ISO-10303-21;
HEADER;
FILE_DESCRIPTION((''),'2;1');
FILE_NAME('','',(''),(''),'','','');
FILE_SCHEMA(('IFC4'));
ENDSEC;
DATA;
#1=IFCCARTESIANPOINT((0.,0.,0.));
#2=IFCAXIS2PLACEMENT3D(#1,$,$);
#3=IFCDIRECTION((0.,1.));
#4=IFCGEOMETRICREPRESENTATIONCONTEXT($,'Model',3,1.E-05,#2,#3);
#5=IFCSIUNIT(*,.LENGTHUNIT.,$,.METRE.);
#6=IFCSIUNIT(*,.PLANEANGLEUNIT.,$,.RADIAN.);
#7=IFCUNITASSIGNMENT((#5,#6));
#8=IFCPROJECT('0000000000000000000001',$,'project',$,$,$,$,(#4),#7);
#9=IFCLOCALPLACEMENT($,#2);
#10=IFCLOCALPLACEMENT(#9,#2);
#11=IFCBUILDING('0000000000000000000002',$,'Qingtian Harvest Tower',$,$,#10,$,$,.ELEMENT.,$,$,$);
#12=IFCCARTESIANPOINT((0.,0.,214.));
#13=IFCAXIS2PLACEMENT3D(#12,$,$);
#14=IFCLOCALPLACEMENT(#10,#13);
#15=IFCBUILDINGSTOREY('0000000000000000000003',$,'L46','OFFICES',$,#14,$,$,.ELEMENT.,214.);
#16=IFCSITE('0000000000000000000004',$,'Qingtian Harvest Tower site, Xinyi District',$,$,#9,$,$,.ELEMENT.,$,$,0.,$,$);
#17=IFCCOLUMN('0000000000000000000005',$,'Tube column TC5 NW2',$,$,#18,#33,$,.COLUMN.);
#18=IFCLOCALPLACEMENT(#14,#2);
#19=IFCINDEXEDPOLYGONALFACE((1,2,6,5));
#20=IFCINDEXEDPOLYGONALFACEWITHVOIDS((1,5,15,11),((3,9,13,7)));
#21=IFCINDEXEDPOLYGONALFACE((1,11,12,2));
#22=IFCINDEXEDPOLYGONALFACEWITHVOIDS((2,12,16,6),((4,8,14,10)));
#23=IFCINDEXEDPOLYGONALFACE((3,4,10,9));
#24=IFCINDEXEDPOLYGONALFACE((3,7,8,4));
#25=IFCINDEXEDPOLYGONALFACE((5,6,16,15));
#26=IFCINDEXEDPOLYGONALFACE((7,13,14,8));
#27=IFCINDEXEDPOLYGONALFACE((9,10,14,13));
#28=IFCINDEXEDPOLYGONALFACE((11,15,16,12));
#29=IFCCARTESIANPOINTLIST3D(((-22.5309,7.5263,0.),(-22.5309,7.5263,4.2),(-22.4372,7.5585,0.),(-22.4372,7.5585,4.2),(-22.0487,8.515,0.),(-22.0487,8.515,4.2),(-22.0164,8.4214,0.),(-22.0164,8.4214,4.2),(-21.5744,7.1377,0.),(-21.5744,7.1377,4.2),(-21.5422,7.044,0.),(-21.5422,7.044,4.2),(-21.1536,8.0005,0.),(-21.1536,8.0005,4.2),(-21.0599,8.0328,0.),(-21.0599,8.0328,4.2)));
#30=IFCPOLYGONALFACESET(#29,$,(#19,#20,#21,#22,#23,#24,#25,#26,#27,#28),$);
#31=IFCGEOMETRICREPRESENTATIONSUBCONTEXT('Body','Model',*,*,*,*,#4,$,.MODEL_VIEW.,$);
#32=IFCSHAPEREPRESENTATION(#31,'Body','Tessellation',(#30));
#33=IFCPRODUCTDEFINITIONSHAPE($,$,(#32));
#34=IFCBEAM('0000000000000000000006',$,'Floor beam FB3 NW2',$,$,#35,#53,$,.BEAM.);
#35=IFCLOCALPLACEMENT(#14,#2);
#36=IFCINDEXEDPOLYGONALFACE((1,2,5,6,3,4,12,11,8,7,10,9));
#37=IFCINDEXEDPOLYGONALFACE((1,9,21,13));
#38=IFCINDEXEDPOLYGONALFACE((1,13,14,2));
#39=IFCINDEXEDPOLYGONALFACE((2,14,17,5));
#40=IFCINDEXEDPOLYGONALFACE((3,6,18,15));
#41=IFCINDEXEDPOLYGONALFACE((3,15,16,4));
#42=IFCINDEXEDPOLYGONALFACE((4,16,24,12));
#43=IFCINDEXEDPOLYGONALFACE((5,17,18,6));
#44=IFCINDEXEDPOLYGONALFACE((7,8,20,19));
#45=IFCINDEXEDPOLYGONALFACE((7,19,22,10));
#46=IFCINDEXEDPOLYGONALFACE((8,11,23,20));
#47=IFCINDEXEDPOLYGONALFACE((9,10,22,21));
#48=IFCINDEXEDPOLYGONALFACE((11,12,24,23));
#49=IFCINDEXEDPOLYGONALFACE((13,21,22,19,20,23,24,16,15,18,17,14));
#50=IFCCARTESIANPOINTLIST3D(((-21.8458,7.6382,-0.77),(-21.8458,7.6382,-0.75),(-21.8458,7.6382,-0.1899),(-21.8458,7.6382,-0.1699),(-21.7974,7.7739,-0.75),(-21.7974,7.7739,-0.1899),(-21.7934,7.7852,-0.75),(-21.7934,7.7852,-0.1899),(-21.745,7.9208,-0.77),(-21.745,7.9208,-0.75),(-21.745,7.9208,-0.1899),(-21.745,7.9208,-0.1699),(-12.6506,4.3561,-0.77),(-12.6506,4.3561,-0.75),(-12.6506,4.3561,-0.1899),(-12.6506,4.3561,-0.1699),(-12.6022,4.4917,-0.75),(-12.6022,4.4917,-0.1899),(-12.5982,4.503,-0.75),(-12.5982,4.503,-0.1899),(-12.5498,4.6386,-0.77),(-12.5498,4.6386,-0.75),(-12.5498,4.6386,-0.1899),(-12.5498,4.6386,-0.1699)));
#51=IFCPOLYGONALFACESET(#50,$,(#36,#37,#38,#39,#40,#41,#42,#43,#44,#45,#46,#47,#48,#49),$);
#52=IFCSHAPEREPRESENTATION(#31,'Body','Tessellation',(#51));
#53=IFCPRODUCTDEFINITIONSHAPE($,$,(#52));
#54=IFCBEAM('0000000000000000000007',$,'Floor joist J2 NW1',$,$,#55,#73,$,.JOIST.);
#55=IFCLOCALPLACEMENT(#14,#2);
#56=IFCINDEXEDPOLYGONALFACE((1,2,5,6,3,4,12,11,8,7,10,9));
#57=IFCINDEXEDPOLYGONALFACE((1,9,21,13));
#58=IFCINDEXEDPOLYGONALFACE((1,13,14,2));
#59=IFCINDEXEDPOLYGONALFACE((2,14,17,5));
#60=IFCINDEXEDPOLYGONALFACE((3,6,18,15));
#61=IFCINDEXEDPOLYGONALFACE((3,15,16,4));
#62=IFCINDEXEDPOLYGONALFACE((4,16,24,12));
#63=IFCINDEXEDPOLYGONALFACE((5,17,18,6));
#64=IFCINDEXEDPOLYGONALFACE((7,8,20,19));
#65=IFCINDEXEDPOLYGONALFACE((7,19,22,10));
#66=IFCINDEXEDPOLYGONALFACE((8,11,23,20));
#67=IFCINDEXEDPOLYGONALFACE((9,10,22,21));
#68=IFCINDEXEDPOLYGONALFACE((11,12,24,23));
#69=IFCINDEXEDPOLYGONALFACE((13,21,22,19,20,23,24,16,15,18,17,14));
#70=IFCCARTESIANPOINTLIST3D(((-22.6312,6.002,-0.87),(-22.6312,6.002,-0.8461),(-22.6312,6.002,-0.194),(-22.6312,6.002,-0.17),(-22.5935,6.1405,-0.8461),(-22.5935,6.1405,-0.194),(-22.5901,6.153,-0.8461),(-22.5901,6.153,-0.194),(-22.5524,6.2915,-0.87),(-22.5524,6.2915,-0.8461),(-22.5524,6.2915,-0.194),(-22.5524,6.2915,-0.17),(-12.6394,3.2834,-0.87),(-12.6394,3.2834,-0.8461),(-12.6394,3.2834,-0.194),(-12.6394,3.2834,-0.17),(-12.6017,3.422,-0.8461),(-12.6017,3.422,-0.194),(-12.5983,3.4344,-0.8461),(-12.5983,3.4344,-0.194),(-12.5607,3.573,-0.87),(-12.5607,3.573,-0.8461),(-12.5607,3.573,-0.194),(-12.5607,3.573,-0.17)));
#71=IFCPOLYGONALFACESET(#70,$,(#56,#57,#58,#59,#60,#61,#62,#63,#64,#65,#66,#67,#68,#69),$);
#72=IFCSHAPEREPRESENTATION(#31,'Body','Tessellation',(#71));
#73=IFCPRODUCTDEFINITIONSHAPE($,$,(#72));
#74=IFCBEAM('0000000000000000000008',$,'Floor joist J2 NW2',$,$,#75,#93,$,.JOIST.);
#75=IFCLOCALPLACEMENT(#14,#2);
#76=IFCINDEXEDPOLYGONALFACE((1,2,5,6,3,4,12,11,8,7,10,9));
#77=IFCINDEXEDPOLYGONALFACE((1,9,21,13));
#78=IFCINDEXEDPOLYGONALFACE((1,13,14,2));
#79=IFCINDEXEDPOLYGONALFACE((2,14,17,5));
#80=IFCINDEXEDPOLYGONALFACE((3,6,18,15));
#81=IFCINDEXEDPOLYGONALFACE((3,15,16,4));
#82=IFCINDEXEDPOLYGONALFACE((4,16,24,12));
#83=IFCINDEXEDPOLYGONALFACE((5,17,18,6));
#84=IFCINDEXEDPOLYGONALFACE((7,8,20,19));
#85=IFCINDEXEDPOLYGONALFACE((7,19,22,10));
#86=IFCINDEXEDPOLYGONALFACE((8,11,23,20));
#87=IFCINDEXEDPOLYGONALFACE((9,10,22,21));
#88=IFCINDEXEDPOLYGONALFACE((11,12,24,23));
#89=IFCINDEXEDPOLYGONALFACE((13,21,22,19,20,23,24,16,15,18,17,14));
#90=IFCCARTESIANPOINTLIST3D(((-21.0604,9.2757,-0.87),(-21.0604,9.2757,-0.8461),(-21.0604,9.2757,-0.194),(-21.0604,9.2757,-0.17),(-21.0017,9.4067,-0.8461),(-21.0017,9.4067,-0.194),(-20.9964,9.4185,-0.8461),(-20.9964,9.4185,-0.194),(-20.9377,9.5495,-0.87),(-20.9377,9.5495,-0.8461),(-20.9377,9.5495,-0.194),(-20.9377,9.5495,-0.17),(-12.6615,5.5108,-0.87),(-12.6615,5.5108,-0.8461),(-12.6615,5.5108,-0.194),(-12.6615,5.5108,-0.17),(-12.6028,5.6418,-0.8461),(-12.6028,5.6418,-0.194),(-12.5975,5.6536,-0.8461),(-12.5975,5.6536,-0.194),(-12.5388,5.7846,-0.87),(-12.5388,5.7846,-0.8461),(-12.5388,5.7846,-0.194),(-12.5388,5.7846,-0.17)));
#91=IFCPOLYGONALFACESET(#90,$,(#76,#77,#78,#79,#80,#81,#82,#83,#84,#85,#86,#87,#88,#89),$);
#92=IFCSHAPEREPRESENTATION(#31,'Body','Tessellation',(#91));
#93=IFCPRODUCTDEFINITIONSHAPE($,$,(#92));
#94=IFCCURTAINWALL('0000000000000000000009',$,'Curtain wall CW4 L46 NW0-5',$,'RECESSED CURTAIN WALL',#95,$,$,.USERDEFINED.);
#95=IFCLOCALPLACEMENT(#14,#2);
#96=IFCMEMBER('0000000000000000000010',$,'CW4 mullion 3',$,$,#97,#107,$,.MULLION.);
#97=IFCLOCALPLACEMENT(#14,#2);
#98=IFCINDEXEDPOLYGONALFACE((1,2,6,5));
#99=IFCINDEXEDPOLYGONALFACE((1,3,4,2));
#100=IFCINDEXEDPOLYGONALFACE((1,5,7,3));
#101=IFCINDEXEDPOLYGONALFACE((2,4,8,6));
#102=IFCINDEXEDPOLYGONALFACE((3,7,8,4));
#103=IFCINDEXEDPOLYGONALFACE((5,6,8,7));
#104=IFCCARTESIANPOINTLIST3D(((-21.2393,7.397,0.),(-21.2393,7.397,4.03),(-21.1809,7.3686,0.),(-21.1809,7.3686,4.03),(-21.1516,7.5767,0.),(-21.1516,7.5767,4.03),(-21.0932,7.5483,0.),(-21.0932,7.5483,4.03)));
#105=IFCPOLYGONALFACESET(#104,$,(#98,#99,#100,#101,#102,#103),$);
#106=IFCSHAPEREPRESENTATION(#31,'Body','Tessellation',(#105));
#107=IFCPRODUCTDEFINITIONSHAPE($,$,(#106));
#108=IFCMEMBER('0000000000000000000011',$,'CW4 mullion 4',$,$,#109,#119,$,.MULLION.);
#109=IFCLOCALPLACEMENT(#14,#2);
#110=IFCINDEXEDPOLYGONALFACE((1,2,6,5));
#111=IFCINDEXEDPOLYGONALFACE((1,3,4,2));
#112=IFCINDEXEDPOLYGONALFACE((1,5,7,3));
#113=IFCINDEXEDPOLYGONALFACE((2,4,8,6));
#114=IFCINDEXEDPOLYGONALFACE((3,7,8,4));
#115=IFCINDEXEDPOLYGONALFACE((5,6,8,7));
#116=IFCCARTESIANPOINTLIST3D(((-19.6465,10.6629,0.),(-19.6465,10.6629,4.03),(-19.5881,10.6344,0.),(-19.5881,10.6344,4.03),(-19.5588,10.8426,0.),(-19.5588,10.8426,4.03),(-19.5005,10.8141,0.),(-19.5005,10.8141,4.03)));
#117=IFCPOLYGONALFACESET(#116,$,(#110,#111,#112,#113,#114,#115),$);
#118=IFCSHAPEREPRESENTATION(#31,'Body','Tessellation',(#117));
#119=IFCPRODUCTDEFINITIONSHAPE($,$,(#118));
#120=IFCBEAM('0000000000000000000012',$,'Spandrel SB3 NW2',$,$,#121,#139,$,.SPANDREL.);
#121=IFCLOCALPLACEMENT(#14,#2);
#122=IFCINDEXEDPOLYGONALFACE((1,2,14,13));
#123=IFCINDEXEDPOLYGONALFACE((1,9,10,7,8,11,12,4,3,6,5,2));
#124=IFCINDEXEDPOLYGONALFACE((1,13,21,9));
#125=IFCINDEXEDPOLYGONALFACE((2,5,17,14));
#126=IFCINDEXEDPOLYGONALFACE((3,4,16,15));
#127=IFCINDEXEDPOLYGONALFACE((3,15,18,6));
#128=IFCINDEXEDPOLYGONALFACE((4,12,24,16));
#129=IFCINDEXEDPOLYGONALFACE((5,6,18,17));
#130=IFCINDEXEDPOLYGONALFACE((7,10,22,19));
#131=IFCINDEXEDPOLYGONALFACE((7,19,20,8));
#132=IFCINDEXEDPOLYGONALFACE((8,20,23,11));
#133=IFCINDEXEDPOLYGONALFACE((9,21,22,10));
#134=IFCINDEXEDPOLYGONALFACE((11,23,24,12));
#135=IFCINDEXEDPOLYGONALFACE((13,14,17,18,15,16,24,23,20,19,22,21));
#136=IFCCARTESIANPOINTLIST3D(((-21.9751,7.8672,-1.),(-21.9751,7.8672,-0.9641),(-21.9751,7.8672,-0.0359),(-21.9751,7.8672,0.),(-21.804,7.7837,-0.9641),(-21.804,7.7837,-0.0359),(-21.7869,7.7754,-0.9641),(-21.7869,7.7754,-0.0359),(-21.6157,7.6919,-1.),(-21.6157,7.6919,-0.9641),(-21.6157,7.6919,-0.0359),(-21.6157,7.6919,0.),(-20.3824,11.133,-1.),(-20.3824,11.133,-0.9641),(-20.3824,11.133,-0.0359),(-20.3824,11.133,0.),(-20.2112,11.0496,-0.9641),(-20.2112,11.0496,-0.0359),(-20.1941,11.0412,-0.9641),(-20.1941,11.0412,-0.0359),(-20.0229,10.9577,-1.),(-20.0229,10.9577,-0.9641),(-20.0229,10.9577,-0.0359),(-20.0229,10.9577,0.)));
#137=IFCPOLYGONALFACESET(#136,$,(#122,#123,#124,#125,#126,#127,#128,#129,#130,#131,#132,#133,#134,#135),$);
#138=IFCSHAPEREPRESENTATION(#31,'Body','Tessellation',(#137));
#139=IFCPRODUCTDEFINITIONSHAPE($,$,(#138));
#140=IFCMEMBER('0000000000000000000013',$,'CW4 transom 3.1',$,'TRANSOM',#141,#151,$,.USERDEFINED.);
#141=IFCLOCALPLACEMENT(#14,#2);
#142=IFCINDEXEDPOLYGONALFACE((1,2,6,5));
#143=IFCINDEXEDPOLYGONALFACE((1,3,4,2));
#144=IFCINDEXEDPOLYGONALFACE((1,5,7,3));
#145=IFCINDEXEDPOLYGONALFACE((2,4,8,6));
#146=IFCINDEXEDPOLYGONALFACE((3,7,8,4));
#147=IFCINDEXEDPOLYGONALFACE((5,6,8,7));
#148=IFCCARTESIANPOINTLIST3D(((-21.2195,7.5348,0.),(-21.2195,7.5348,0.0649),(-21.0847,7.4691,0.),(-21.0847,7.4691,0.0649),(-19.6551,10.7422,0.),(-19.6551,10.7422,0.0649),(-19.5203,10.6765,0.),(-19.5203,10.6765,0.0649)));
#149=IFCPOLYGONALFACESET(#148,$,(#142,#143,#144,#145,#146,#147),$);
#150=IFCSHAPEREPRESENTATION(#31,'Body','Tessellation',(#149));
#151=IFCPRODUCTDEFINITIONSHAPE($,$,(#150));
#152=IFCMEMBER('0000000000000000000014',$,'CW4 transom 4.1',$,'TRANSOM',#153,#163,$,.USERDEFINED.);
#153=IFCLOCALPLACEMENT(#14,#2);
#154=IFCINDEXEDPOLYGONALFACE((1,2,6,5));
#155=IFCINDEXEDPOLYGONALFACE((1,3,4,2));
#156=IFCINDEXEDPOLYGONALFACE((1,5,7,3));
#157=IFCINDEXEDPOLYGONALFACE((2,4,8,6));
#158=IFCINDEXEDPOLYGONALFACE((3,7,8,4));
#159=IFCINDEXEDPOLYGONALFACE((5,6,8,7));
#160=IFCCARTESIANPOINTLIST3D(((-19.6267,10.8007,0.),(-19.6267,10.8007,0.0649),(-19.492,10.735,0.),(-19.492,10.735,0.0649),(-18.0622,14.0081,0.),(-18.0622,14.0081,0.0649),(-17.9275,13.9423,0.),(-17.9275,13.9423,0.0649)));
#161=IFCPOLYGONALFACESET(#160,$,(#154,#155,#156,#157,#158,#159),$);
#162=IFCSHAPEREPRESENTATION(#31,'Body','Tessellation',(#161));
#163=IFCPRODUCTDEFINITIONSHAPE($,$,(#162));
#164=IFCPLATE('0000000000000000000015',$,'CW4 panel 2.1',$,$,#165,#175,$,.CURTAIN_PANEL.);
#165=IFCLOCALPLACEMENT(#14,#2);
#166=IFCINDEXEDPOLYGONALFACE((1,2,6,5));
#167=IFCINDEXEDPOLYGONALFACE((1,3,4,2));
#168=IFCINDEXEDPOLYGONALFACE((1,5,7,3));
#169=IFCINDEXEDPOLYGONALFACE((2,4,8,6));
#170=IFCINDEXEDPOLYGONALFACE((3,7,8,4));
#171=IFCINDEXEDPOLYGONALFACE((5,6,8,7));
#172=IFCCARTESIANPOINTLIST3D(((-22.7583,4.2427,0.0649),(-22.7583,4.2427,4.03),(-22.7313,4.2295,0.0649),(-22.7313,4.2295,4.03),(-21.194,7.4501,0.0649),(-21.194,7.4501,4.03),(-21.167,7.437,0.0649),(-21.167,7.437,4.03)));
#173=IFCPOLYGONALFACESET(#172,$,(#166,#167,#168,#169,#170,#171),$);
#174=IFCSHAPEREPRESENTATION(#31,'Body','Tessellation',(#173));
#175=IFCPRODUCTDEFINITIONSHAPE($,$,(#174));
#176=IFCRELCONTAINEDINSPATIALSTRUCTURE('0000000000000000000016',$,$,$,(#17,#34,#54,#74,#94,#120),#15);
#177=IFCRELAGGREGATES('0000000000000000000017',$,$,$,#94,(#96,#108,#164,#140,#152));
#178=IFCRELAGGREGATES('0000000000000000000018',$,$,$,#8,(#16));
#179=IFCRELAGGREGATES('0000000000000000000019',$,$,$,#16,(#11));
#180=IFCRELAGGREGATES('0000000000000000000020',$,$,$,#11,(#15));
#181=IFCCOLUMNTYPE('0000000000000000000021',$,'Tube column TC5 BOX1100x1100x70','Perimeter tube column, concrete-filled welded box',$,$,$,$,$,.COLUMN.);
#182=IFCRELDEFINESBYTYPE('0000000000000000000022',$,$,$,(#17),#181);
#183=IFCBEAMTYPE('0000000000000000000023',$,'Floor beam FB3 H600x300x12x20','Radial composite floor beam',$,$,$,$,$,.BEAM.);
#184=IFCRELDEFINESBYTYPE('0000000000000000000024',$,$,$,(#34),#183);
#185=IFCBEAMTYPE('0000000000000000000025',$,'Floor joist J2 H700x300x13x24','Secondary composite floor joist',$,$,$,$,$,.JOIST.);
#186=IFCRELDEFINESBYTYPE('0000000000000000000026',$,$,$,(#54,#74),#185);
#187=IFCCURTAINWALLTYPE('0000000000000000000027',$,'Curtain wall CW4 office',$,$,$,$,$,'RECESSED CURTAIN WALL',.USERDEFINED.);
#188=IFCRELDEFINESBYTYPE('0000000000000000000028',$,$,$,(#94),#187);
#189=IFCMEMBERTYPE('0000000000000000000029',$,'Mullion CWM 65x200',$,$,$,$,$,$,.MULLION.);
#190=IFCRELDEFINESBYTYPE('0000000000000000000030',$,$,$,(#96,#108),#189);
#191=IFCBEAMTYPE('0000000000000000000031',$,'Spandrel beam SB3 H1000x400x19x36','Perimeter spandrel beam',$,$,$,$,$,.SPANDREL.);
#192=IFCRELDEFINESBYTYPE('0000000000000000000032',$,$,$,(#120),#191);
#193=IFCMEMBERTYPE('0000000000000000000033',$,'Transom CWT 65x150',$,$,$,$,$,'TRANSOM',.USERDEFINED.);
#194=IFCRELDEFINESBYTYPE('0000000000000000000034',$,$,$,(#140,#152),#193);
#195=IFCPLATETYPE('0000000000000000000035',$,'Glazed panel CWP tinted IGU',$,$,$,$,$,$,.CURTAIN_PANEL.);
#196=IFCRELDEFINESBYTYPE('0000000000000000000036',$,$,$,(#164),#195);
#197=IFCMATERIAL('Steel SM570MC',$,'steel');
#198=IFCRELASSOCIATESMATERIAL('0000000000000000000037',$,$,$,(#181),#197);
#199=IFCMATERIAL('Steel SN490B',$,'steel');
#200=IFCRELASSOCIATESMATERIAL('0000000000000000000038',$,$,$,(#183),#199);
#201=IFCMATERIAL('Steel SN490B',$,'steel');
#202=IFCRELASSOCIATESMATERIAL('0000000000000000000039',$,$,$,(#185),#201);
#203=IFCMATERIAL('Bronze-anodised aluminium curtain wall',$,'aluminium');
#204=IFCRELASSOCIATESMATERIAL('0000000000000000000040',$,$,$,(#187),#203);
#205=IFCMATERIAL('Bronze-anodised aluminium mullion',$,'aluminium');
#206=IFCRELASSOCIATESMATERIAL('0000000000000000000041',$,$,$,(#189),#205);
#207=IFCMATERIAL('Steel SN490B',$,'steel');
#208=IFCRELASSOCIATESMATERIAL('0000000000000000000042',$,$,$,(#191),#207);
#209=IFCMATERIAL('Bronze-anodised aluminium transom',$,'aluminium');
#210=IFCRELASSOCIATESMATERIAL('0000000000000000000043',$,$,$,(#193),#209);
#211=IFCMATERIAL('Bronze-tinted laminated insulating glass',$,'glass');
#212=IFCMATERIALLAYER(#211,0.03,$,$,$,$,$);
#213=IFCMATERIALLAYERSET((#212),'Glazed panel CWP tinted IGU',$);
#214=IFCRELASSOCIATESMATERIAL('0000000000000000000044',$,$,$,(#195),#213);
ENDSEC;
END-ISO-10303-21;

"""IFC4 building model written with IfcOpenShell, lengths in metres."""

from ifc_helpers import new_model, si_unit, direction, frame, origin, origin_2d, place, context, subcontext, project, spatial, rectangle, hollow_rectangle, i_section, extrude, material, layer, layer_set, material_profile, profile_set, type_object, element, aggregate, save


model = new_model("IFC4")

# Units and contexts
model_context = context("Model", 3, precision=1e-05, world=origin(), true_north=direction((0.0, 1.0)))
body_context = subcontext(model_context, "Body", "Model", "MODEL_VIEW")
ifc_project = project(units=[si_unit("LENGTHUNIT", "METRE"), si_unit("PLANEANGLEUNIT", "RADIAN")], contexts=[model_context])

# Site, building, storey
site_placement = place(None, origin())
site = spatial("IfcSite", under=ifc_project, at=site_placement, Name="Qingtian Harvest Tower site, Xinyi District", CompositionType="ELEMENT", RefElevation=0.0)
building_placement = place(site_placement, origin())
building = spatial("IfcBuilding", under=site, at=building_placement, Name="Qingtian Harvest Tower", CompositionType="ELEMENT")
storey_placement = place(building_placement, frame((0.0, 0.0, 214.0)))
storey = spatial("IfcBuildingStorey", under=building, at=storey_placement, Name="L46", Description="OFFICES", CompositionType="ELEMENT", Elevation=214.0)

# Column
ifc_material_1 = material(Name="Steel SM570MC", Category="steel")
ifc_material_profile_1 = material_profile(ifc_material_1, hollow_rectangle(XDim=1.1001, YDim=1.1001, WallThickness=0.0701, at=origin_2d()), Name="BOX1100x1100x70")
ifc_profile_set_1 = profile_set([ifc_material_profile_1], Name="Steel SM570MC")
column_type = type_object("IfcColumnType", Name="Tube column TC5 BOX1100x1100x70", Description="Perimeter tube column, concrete-filled welded box", PredefinedType="COLUMN", material=ifc_profile_set_1)
column_placement = place(storey_placement, frame((-21.7954, 7.7795, 0.0), z_axis=(0.0, 0.0, 1.0), x_axis=(-0.438371, -0.898794, 0.0)))
element("IfcColumn", 1, at=column_placement, inside=storey, type_object=column_type, Name="Tube column TC5 NW2", PredefinedType="COLUMN", context=body_context, shape_type="SweptSolid", body=[
    extrude(hollow_rectangle(XDim=1.1001, YDim=1.1001, WallThickness=0.0701, at=origin_2d()), origin(), (0.0, 0.0, 1.0), 4.2),
])

# Beams
ifc_material_2 = material(Name="Steel SN490B", Category="steel")
ifc_material_profile_2 = material_profile(ifc_material_2, i_section(OverallWidth=0.3, OverallDepth=0.6001, WebThickness=0.012, FlangeThickness=0.02, at=origin_2d()), Name="H600x300x12x20")
ifc_profile_set_2 = profile_set([ifc_material_profile_2], Name="Steel SN490B")
beam_type_1 = type_object("IfcBeamType", Name="Floor beam FB3 H600x300x12x20", Description="Radial composite floor beam", PredefinedType="BEAM", material=ifc_profile_set_2)
beam_1_placement = place(storey_placement, frame((-21.7954, 7.7795, -0.47), z_axis=(0.941801, -0.336172, 0.0), x_axis=(0.336172, 0.941801, 0.0)))
element("IfcBeam", 2, at=beam_1_placement, inside=storey, type_object=beam_type_1, Name="Floor beam FB3 NW2", PredefinedType="BEAM", context=body_context, shape_type="SweptSolid", body=[
    extrude(i_section(OverallWidth=0.3, OverallDepth=0.6001, WebThickness=0.012, FlangeThickness=0.02, at=origin_2d()), origin(), (0.0, 0.0, 1.0), 9.7634),
])
ifc_material_3 = material(Name="Steel SN490B", Category="steel")
ifc_material_profile_3 = material_profile(ifc_material_3, i_section(OverallWidth=0.3, OverallDepth=0.7, WebThickness=0.0129, FlangeThickness=0.0239, at=origin_2d()), Name="H700x300x13x24")
ifc_profile_set_3 = profile_set([ifc_material_profile_3], Name="Steel SN490B")
beam_type_2 = type_object("IfcBeamType", Name="Floor joist J2 H700x300x13x24", Description="Secondary composite floor joist", PredefinedType="JOIST", material=ifc_profile_set_3)
beam_2_placement = place(storey_placement, frame((-22.5918, 6.1467, -0.52), z_axis=(0.964923, -0.262533, 0.0), x_axis=(0.262533, 0.964923, 0.0)))
element("IfcBeam", 3, at=beam_2_placement, inside=storey, type_object=beam_type_2, Name="Floor joist J2 NW1", PredefinedType="JOIST", context=body_context, shape_type="SweptSolid", body=[
    extrude(i_section(OverallWidth=0.3, OverallDepth=0.7, WebThickness=0.0129, FlangeThickness=0.0239, at=origin_2d()), origin(), (0.0, 0.0, 1.0), 10.355),
])
beam_3_placement = place(storey_placement, frame((-20.999, 9.4126, -0.52), z_axis=(0.912515, -0.409043, 0.0), x_axis=(0.409043, 0.912515, 0.0)))
element("IfcBeam", 4, at=beam_3_placement, inside=storey, type_object=beam_type_2, Name="Floor joist J2 NW2", PredefinedType="JOIST", context=body_context, shape_type="SweptSolid", body=[
    extrude(i_section(OverallWidth=0.3, OverallDepth=0.7, WebThickness=0.0129, FlangeThickness=0.0239, at=origin_2d()), origin(), (0.0, 0.0, 1.0), 9.2041),
])

# Curtain wall, members
ifc_material_4 = material(Name="Bronze-anodised aluminium curtain wall", Category="aluminium")
curtain_wall_type = type_object("IfcCurtainWallType", Name="Curtain wall CW4 office", ElementType="RECESSED CURTAIN WALL", PredefinedType="USERDEFINED", material=ifc_material_4)
curtain_wall_placement = place(storey_placement, origin())
curtain_wall = element("IfcCurtainWall", 5, at=curtain_wall_placement, inside=storey, type_object=curtain_wall_type, Name="Curtain wall CW4 L46 NW0-5", ObjectType="RECESSED CURTAIN WALL", PredefinedType="USERDEFINED")
ifc_material_5 = material(Name="Bronze-anodised aluminium mullion", Category="aluminium")
ifc_material_profile_4 = material_profile(ifc_material_5, rectangle(XDim=0.0649, YDim=0.2, at=origin_2d()), Name="AL 65x200")
ifc_profile_set_4 = profile_set([ifc_material_profile_4], Name="Bronze-anodised aluminium mullion")
member_type_1 = type_object("IfcMemberType", Name="Mullion CWM 65x200", PredefinedType="MULLION", material=ifc_profile_set_4)
member_1_placement = place(storey_placement, frame((-21.1663, 7.4727, 0.0), z_axis=(0.0, 0.0, 1.0), x_axis=(-0.898794, 0.438371, 0.0)))
member_1 = element("IfcMember", 6, at=member_1_placement, type_object=member_type_1, Name="CW4 mullion 3", PredefinedType="MULLION", context=body_context, shape_type="SweptSolid", body=[
    extrude(rectangle(XDim=0.0649, YDim=0.2, at=origin_2d()), origin(), (0.0, 0.0, 1.0), 4.03),
])
member_2_placement = place(storey_placement, frame((-19.5735, 10.7385, 0.0), z_axis=(0.0, 0.0, 1.0), x_axis=(-0.898794, 0.438371, 0.0)))
member_2 = element("IfcMember", 7, at=member_2_placement, type_object=member_type_1, Name="CW4 mullion 4", PredefinedType="MULLION", context=body_context, shape_type="SweptSolid", body=[
    extrude(rectangle(XDim=0.0649, YDim=0.2, at=origin_2d()), origin(), (0.0, 0.0, 1.0), 4.03),
])

# Beam
ifc_material_6 = material(Name="Steel SN490B", Category="steel")
ifc_material_profile_5 = material_profile(ifc_material_6, i_section(OverallWidth=0.3999, OverallDepth=1.0, WebThickness=0.019, FlangeThickness=0.0359, at=origin_2d()), Name="H1000x400x19x36")
ifc_profile_set_5 = profile_set([ifc_material_profile_5], Name="Steel SN490B")
beam_type_3 = type_object("IfcBeamType", Name="Spandrel beam SB3 H1000x400x19x36", Description="Perimeter spandrel beam", PredefinedType="SPANDREL", material=ifc_profile_set_5)
beam_4_placement = place(storey_placement, frame((-21.7954, 7.7795, -0.5), z_axis=(0.438349, 0.898805, 0.0), x_axis=(-0.898805, 0.438349, 0.0)))
element("IfcBeam", 8, at=beam_4_placement, inside=storey, type_object=beam_type_3, Name="Spandrel SB3 NW2", PredefinedType="SPANDREL", context=body_context, shape_type="SweptSolid", body=[
    extrude(i_section(OverallWidth=0.3999, OverallDepth=1.0, WebThickness=0.019, FlangeThickness=0.0359, at=origin_2d()), origin(), (0.0, 0.0, 1.0), 3.6335),
])

# Members
ifc_material_7 = material(Name="Bronze-anodised aluminium transom", Category="aluminium")
ifc_material_profile_6 = material_profile(ifc_material_7, rectangle(XDim=0.1499, YDim=0.0649, at=origin_2d()), Name="AL 65x150")
ifc_profile_set_6 = profile_set([ifc_material_profile_6], Name="Bronze-anodised aluminium transom")
member_type_2 = type_object("IfcMemberType", Name="Transom CWT 65x150", ElementType="TRANSOM", PredefinedType="USERDEFINED", material=ifc_profile_set_6)
member_3_placement = place(storey_placement, frame((-21.1521, 7.502, 0.0325), z_axis=(0.438381, 0.898789, 0.0), x_axis=(-0.898789, 0.438381, 0.0)))
member_3 = element("IfcMember", 9, at=member_3_placement, type_object=member_type_2, Name="CW4 transom 3.1", ObjectType="TRANSOM", PredefinedType="USERDEFINED", context=body_context, shape_type="SweptSolid", body=[
    extrude(rectangle(XDim=0.1499, YDim=0.0649, at=origin_2d()), origin(), (0.0, 0.0, 1.0), 3.5686),
])
member_4_placement = place(storey_placement, frame((-19.5593, 10.7678, 0.0325), z_axis=(0.438407, 0.898776, 0.0), x_axis=(-0.898776, 0.438407, 0.0)))
member_4 = element("IfcMember", 10, at=member_4_placement, type_object=member_type_2, Name="CW4 transom 4.1", ObjectType="TRANSOM", PredefinedType="USERDEFINED", context=body_context, shape_type="SweptSolid", body=[
    extrude(rectangle(XDim=0.1499, YDim=0.0649, at=origin_2d()), origin(), (0.0, 0.0, 1.0), 3.5686),
])

# Plate
ifc_material_8 = material(Name="Bronze-tinted laminated insulating glass", Category="glass")
ifc_layer_1 = layer(ifc_material_8, 0.03)
ifc_layer_set_1 = layer_set([ifc_layer_1], Name="Glazed panel CWP tinted IGU")
plate_type = type_object("IfcPlateType", Name="Glazed panel CWP tinted IGU", PredefinedType="CURTAIN_PANEL", material=ifc_layer_set_1)
plate_1_placement = place(storey_placement, frame((-21.9626, 5.8398, 0.0649), z_axis=(0.0, 0.0, 1.0), x_axis=(0.438371, 0.898794, 0.0)))
plate_1 = element("IfcPlate", 11, at=plate_1_placement, type_object=plate_type, Name="CW4 panel 2.1", PredefinedType="CURTAIN_PANEL", context=body_context, shape_type="SweptSolid", body=[
    extrude(rectangle(XDim=3.5686, YDim=0.03, at=origin_2d()), origin(), (0.0, 0.0, 1.0), 3.9651),
])
aggregate(curtain_wall, [member_1, member_2, plate_1, member_3, member_4])

save(model, "model.ifc")
